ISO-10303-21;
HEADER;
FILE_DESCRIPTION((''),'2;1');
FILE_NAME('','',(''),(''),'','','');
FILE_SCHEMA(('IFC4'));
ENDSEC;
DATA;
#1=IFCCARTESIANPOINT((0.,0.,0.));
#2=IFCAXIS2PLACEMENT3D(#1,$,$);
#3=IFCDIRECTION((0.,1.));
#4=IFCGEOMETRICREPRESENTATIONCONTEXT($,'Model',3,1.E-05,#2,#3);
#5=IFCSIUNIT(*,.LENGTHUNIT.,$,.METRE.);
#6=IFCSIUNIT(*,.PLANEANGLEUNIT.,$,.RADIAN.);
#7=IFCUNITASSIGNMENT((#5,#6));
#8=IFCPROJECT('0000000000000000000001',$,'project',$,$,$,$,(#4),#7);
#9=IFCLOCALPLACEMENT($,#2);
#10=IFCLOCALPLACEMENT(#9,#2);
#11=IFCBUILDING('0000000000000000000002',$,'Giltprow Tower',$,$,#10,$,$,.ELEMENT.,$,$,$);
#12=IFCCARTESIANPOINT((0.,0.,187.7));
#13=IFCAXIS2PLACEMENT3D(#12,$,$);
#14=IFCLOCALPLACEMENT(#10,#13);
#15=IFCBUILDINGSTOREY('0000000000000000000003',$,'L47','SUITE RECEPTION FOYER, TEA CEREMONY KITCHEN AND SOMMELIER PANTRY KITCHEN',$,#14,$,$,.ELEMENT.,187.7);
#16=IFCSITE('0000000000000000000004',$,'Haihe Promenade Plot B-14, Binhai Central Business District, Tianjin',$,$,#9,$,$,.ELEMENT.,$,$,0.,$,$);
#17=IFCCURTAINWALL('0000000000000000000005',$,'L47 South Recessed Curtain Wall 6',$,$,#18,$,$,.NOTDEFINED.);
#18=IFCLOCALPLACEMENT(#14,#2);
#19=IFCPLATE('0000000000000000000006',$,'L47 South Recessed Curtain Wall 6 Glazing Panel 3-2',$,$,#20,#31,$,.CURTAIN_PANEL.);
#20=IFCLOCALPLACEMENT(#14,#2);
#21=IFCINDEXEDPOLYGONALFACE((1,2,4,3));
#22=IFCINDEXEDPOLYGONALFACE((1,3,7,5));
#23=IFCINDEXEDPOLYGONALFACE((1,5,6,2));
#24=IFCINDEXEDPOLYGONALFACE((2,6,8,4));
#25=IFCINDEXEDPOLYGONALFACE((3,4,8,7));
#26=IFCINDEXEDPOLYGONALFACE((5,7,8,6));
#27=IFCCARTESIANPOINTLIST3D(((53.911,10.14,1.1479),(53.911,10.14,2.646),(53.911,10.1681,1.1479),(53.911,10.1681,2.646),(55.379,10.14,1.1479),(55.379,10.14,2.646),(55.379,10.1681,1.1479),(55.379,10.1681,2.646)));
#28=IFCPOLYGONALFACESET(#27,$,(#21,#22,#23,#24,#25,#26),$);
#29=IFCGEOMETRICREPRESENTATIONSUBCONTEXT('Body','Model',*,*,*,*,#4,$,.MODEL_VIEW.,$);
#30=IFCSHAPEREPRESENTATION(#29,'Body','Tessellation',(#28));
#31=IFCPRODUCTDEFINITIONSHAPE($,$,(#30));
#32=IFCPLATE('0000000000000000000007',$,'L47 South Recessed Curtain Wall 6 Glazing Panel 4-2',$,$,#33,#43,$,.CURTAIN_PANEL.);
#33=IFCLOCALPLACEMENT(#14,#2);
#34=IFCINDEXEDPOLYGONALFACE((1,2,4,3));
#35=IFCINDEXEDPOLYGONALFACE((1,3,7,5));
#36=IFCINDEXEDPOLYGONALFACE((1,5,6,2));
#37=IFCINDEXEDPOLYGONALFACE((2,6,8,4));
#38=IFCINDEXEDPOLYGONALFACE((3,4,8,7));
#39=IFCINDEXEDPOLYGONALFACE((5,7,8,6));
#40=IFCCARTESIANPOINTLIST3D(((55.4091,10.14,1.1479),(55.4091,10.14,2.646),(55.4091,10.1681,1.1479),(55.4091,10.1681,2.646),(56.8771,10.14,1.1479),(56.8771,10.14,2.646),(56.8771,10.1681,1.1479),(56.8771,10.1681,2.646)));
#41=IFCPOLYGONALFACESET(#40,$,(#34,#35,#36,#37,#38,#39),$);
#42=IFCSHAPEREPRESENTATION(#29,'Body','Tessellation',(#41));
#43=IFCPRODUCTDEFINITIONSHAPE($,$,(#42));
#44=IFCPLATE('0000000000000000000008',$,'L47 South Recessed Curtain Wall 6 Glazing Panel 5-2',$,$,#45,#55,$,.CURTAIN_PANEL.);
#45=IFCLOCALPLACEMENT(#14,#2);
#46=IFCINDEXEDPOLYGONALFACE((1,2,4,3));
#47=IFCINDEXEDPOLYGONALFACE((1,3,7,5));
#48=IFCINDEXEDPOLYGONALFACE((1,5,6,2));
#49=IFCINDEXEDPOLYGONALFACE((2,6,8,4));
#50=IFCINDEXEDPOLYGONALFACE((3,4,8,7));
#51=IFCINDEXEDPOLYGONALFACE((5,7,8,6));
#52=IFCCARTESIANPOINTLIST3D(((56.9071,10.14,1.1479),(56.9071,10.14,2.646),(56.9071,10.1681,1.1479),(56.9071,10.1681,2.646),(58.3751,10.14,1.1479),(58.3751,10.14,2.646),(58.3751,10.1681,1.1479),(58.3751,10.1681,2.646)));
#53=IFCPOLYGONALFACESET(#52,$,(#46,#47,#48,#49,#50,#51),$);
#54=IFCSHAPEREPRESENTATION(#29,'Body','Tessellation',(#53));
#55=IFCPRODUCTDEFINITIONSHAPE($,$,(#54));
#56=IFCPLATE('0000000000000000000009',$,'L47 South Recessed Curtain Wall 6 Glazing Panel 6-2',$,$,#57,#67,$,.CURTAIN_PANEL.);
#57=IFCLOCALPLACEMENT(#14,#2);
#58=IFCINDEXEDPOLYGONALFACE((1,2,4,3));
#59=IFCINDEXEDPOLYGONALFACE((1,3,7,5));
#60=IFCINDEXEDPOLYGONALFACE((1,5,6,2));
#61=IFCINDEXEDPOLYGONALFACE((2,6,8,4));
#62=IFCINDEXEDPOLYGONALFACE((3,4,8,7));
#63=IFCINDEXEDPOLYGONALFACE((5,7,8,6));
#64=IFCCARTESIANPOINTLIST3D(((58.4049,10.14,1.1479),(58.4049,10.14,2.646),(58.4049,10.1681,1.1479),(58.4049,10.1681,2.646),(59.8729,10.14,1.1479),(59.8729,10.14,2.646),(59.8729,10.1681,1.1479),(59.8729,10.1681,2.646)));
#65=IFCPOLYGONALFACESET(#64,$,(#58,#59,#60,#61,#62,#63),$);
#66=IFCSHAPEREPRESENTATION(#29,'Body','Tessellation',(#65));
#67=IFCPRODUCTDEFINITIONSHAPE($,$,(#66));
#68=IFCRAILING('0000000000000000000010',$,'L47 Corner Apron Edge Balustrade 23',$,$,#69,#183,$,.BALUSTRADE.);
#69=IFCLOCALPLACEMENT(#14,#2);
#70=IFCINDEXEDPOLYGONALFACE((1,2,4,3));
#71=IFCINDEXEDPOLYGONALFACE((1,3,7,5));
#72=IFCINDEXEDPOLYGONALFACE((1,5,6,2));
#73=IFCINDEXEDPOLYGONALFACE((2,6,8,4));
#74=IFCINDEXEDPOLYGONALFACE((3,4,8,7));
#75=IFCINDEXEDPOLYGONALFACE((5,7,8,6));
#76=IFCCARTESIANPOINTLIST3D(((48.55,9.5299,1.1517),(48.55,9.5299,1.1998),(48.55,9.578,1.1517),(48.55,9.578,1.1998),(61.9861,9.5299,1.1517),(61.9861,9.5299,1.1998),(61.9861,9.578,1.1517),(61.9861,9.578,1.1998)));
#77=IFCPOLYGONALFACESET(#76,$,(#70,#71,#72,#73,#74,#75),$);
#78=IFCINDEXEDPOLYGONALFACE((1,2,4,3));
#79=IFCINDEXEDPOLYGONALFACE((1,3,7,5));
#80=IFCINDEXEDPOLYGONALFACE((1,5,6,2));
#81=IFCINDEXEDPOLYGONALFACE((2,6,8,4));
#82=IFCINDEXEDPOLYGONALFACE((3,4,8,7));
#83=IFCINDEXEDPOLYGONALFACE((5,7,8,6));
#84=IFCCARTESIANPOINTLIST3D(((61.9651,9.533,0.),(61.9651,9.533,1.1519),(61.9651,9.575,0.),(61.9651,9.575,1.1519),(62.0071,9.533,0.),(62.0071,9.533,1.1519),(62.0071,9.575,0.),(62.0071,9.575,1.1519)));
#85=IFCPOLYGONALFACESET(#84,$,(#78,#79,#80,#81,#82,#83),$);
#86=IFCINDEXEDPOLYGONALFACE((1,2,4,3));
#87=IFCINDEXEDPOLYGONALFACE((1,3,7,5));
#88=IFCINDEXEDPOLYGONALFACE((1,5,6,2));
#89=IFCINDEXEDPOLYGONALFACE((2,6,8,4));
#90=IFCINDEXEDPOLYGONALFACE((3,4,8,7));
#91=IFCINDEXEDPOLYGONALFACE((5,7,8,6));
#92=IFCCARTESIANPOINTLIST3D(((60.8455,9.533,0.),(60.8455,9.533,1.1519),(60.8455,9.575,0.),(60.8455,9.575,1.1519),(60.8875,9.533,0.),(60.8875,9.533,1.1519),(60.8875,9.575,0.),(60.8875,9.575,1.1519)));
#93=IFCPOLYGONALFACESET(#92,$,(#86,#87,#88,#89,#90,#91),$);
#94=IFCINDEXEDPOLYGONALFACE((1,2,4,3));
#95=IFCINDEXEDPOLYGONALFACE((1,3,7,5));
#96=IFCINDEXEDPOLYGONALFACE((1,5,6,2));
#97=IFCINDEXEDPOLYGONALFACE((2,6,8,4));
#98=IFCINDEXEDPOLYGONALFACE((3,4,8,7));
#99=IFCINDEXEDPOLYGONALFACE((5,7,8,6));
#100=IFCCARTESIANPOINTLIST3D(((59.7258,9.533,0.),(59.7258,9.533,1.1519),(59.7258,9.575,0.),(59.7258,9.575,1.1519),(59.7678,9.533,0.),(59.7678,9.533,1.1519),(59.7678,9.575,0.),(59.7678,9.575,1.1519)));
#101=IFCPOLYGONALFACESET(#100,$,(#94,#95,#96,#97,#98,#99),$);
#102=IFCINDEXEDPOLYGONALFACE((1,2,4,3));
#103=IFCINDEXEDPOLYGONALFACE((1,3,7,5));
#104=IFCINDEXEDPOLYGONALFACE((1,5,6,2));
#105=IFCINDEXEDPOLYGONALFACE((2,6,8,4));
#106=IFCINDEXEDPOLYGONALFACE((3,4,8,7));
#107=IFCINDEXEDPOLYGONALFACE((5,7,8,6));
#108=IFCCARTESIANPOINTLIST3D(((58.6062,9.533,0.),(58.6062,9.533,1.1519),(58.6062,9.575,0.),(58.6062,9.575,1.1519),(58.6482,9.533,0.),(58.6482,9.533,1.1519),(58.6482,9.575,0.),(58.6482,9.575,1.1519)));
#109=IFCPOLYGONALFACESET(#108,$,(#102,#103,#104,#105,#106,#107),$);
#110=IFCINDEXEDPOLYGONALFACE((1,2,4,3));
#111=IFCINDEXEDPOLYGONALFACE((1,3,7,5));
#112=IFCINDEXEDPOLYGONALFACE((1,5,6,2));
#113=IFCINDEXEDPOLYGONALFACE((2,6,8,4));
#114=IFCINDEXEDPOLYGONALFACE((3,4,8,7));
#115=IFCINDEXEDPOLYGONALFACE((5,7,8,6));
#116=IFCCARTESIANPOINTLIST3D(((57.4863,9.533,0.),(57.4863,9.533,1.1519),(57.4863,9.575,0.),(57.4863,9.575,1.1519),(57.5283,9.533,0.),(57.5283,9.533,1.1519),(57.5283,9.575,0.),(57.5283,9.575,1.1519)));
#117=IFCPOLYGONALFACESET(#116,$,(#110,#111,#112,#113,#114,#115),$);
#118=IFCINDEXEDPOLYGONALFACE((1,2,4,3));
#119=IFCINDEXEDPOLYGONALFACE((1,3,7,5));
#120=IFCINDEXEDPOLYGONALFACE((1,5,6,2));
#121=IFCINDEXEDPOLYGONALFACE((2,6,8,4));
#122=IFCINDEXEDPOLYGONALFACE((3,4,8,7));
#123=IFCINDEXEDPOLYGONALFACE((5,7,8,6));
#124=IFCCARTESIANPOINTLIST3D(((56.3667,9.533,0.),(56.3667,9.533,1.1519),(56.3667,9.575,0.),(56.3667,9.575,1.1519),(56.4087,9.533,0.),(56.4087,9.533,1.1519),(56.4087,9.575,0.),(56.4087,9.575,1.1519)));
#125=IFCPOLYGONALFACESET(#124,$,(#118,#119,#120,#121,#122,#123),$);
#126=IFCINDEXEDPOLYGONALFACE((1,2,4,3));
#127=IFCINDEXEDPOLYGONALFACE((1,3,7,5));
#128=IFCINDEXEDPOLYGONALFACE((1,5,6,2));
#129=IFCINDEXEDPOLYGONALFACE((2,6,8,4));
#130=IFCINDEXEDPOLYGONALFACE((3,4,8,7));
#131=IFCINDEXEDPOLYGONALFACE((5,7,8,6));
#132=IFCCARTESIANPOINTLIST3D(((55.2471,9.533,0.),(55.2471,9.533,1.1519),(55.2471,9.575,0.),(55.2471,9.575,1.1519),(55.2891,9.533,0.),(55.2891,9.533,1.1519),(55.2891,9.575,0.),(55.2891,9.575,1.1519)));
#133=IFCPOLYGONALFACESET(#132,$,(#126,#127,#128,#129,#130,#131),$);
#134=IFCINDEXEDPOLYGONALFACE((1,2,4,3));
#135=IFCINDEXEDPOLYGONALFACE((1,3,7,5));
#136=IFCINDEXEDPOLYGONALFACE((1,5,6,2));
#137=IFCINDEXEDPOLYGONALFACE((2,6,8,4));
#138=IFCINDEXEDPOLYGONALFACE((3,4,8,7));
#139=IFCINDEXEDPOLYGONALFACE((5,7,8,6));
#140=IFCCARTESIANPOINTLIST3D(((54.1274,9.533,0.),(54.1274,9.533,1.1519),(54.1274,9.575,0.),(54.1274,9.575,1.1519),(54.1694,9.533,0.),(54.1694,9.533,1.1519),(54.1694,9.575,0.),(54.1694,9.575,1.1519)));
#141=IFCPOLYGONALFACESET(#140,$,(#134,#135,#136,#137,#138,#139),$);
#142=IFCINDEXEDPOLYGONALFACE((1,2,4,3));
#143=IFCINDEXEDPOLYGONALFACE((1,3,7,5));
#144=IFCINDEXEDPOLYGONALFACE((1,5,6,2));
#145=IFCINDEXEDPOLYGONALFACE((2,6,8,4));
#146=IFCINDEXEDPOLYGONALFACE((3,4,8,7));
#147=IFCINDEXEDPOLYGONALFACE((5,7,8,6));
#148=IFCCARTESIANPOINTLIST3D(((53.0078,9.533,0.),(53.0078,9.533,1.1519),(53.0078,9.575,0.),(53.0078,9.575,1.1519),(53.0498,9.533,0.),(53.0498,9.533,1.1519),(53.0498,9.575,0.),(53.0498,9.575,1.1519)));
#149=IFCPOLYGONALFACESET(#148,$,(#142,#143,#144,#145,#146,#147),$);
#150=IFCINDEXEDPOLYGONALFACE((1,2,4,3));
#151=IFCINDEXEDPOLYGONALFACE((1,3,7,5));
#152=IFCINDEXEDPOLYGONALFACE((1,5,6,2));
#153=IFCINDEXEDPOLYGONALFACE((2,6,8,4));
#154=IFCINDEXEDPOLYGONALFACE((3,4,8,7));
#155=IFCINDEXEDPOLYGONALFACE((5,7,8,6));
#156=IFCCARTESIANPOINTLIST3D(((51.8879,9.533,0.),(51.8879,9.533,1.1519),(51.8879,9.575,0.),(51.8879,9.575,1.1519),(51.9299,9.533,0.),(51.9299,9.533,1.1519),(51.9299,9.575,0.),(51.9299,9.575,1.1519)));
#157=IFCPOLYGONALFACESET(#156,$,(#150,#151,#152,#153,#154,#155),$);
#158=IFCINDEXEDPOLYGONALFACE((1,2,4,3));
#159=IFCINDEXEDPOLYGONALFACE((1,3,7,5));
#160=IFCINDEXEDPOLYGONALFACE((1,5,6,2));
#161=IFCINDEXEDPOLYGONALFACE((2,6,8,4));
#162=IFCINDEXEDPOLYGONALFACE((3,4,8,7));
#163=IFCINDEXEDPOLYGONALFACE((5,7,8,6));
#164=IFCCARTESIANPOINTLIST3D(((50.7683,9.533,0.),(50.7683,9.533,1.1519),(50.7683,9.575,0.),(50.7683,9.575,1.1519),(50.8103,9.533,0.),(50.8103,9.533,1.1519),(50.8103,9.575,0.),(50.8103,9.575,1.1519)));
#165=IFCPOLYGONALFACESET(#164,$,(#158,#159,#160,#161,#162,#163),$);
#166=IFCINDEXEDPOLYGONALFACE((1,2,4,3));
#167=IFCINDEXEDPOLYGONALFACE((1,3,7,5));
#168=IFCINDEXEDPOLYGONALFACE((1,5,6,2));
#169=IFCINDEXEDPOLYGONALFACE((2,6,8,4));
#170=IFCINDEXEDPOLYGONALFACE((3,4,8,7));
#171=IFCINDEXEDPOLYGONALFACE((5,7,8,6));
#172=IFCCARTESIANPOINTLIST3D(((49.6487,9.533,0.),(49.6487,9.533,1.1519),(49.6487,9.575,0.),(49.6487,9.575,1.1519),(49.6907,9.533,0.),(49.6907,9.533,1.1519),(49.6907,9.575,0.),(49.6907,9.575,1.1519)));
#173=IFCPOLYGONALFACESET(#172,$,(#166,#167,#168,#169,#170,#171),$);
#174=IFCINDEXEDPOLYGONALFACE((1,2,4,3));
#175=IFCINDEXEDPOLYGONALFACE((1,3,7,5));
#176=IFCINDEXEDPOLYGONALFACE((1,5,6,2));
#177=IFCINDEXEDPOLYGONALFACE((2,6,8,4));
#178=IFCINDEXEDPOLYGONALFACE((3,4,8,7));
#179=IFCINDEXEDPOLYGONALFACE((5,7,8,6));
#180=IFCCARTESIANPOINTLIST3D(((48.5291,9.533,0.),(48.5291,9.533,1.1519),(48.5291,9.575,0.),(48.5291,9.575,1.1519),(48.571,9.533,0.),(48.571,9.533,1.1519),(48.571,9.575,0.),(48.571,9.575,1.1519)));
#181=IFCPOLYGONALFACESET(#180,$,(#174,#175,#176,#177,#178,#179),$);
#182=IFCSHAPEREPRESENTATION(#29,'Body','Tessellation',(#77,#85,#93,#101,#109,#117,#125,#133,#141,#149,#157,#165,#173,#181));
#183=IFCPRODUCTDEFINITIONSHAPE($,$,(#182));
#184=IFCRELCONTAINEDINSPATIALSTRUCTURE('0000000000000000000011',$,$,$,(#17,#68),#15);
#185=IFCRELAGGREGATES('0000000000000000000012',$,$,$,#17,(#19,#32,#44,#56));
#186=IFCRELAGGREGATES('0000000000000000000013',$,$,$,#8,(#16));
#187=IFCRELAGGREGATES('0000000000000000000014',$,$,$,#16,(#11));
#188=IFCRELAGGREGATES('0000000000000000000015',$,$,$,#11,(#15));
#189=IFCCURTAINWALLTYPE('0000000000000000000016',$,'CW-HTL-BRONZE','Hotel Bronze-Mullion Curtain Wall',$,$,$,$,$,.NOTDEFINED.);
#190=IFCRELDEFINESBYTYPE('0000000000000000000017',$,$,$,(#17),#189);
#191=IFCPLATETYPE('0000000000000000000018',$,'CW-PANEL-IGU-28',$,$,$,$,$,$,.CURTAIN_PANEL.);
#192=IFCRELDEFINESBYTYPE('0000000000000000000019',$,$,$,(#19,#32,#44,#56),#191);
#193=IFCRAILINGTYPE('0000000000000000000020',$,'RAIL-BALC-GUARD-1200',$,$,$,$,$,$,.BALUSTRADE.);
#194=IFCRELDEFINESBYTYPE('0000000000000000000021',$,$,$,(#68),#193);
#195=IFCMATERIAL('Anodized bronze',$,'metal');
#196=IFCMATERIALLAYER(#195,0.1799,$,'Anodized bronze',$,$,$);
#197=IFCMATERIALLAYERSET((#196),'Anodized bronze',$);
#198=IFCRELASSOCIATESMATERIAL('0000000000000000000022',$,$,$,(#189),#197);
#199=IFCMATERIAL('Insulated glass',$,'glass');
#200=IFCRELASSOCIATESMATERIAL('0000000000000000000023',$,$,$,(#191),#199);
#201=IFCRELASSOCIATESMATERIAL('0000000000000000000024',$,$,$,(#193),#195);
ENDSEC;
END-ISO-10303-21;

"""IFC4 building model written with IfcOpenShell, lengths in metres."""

from ifc_helpers import new_model, si_unit, direction, frame, origin, origin_2d, place, context, subcontext, project, spatial, rectangle, extrude, source, transform, mapped, material, layer, layer_set, type_object, element, aggregate, save


model = new_model("IFC4")

# Units and contexts
model_context = context("Model", 3, precision=1e-05, world=origin(), true_north=direction((0.0, 1.0)))
body_context = subcontext(model_context, "Body", "Model", "MODEL_VIEW")
ifc_project = project(units=[si_unit("LENGTHUNIT", "METRE"), si_unit("PLANEANGLEUNIT", "RADIAN")], contexts=[model_context])

# Site, building, storey
site_placement = place(None, origin())
site = spatial("IfcSite", under=ifc_project, at=site_placement, Name="Haihe Promenade Plot B-14, Binhai Central Business District, Tianjin", CompositionType="ELEMENT", RefElevation=0.0)
building_placement = place(site_placement, origin())
building = spatial("IfcBuilding", under=site, at=building_placement, Name="Giltprow Tower", CompositionType="ELEMENT")
storey_placement = place(building_placement, frame((0.0, 0.0, 187.7)))
storey = spatial("IfcBuildingStorey", under=building, at=storey_placement, Name="L47", Description="SUITE RECEPTION FOYER, TEA CEREMONY KITCHEN AND SOMMELIER PANTRY KITCHEN", CompositionType="ELEMENT", Elevation=187.7)

# Curtain wall, plates
ifc_material_1 = material(Name="Anodized bronze", Category="metal")
ifc_layer = layer(ifc_material_1, 0.1799, Name="Anodized bronze")
ifc_layer_set = layer_set([ifc_layer], Name="Anodized bronze")
curtain_wall_type = type_object("IfcCurtainWallType", Name="CW-HTL-BRONZE", Description="Hotel Bronze-Mullion Curtain Wall", PredefinedType="NOTDEFINED", material=ifc_layer_set)
curtain_wall_placement = place(storey_placement, origin())
curtain_wall = element("IfcCurtainWall", 1, at=curtain_wall_placement, inside=storey, type_object=curtain_wall_type, Name="L47 South Recessed Curtain Wall 6", PredefinedType="NOTDEFINED")
ifc_material_2 = material(Name="Insulated glass", Category="glass")
plate_type = type_object("IfcPlateType", Name="CW-PANEL-IGU-28", PredefinedType="CURTAIN_PANEL", material=ifc_material_2)
shared_shape_1 = source(origin(), body_context, "Body", "SweptSolid", [
    extrude(rectangle(XDim=1.468, YDim=0.0281, at=origin_2d()), origin(), (0.0, 0.0, 1.0), 1.498),
])
plate_1_placement = place(storey_placement, frame((54.645, 10.1541, 1.1479), z_axis=(0.0, 0.0, 1.0), x_axis=(1.0, 0.0, 0.0)))
plate_1 = element("IfcPlate", 2, at=plate_1_placement, type_object=plate_type, Name="L47 South Recessed Curtain Wall 6 Glazing Panel 3-2", PredefinedType="CURTAIN_PANEL", context=body_context, shape_type="MappedRepresentation", body=[
    mapped(shared_shape_1, transform((0.0, 0.0, 0.0), x_axis=(1.0, 0.0, 0.0), y_axis=(0.0, 1.0, 0.0), z_axis=(0.0, 0.0, 1.0), scale=1.0)),
])
plate_2_placement = place(storey_placement, frame((56.1431, 10.1541, 1.1479), z_axis=(0.0, 0.0, 1.0), x_axis=(1.0, 0.0, 0.0)))
plate_2 = element("IfcPlate", 3, at=plate_2_placement, type_object=plate_type, Name="L47 South Recessed Curtain Wall 6 Glazing Panel 4-2", PredefinedType="CURTAIN_PANEL", context=body_context, shape_type="MappedRepresentation", body=[
    mapped(shared_shape_1, transform((0.0, 0.0, 0.0), x_axis=(1.0, 0.0, 0.0), y_axis=(0.0, 1.0, 0.0), z_axis=(0.0, 0.0, 1.0), scale=1.0)),
])
plate_3_placement = place(storey_placement, frame((57.6411, 10.1541, 1.1479), z_axis=(0.0, 0.0, 1.0), x_axis=(1.0, 0.0, 0.0)))
plate_3 = element("IfcPlate", 4, at=plate_3_placement, type_object=plate_type, Name="L47 South Recessed Curtain Wall 6 Glazing Panel 5-2", PredefinedType="CURTAIN_PANEL", context=body_context, shape_type="MappedRepresentation", body=[
    mapped(shared_shape_1, transform((0.0, 0.0, 0.0), x_axis=(1.0, 0.0, 0.0), y_axis=(0.0, 1.0, 0.0), z_axis=(0.0, 0.0, 1.0), scale=1.0)),
])
plate_4_placement = place(storey_placement, frame((59.1389, 10.1541, 1.1479), z_axis=(0.0, 0.0, 1.0), x_axis=(1.0, 0.0, 0.0)))
plate_4 = element("IfcPlate", 5, at=plate_4_placement, type_object=plate_type, Name="L47 South Recessed Curtain Wall 6 Glazing Panel 6-2", PredefinedType="CURTAIN_PANEL", context=body_context, shape_type="MappedRepresentation", body=[
    mapped(shared_shape_1, transform((0.0, 0.0, 0.0), x_axis=(1.0, 0.0, 0.0), y_axis=(0.0, 1.0, 0.0), z_axis=(0.0, 0.0, 1.0), scale=1.0)),
])
aggregate(curtain_wall, [plate_1, plate_2, plate_3, plate_4])

# Railing
railing_type = type_object("IfcRailingType", Name="RAIL-BALC-GUARD-1200", PredefinedType="BALUSTRADE", material=ifc_material_1)
railing_placement = place(storey_placement, frame((61.9861, 9.554, 0.0)))
element("IfcRailing", 6, at=railing_placement, inside=storey, type_object=railing_type, Name="L47 Corner Apron Edge Balustrade 23", PredefinedType="BALUSTRADE", context=body_context, shape_type="SweptSolid", body=[
    extrude(rectangle(XDim=0.0481, YDim=0.0481, at=origin_2d()), frame((0.0, 0.0, 1.1758), z_axis=(-1.0, 0.0, 0.0), x_axis=(0.0, -1.0, 0.0)), (0.0, 0.0, 1.0), 13.436),
    extrude(rectangle(XDim=0.042, YDim=0.042, at=origin_2d()), origin(), (0.0, 0.0, 1.0), 1.1519),
    extrude(rectangle(XDim=0.042, YDim=0.042, at=origin_2d()), frame((-1.1196, 0.0, 0.0)), (0.0, 0.0, 1.0), 1.1519),
    extrude(rectangle(XDim=0.042, YDim=0.042, at=origin_2d()), frame((-2.2393, 0.0, 0.0)), (0.0, 0.0, 1.0), 1.1519),
    extrude(rectangle(XDim=0.042, YDim=0.042, at=origin_2d()), frame((-3.3589, 0.0, 0.0)), (0.0, 0.0, 1.0), 1.1519),
    extrude(rectangle(XDim=0.042, YDim=0.042, at=origin_2d()), frame((-4.4788, 0.0, 0.0)), (0.0, 0.0, 1.0), 1.1519),
    extrude(rectangle(XDim=0.042, YDim=0.042, at=origin_2d()), frame((-5.5984, 0.0, 0.0)), (0.0, 0.0, 1.0), 1.1519),
    extrude(rectangle(XDim=0.042, YDim=0.042, at=origin_2d()), frame((-6.718, 0.0, 0.0)), (0.0, 0.0, 1.0), 1.1519),
    extrude(rectangle(XDim=0.042, YDim=0.042, at=origin_2d()), frame((-7.8376, 0.0, 0.0)), (0.0, 0.0, 1.0), 1.1519),
    extrude(rectangle(XDim=0.042, YDim=0.042, at=origin_2d()), frame((-8.9573, 0.0, 0.0)), (0.0, 0.0, 1.0), 1.1519),
    extrude(rectangle(XDim=0.042, YDim=0.042, at=origin_2d()), frame((-10.0771, 0.0, 0.0)), (0.0, 0.0, 1.0), 1.1519),
    extrude(rectangle(XDim=0.042, YDim=0.042, at=origin_2d()), frame((-11.1968, 0.0, 0.0)), (0.0, 0.0, 1.0), 1.1519),
    extrude(rectangle(XDim=0.042, YDim=0.042, at=origin_2d()), frame((-12.3164, 0.0, 0.0)), (0.0, 0.0, 1.0), 1.1519),
    extrude(rectangle(XDim=0.042, YDim=0.042, at=origin_2d()), frame((-13.436, 0.0, 0.0)), (0.0, 0.0, 1.0), 1.1519),
])

save(model, "model.ifc")
